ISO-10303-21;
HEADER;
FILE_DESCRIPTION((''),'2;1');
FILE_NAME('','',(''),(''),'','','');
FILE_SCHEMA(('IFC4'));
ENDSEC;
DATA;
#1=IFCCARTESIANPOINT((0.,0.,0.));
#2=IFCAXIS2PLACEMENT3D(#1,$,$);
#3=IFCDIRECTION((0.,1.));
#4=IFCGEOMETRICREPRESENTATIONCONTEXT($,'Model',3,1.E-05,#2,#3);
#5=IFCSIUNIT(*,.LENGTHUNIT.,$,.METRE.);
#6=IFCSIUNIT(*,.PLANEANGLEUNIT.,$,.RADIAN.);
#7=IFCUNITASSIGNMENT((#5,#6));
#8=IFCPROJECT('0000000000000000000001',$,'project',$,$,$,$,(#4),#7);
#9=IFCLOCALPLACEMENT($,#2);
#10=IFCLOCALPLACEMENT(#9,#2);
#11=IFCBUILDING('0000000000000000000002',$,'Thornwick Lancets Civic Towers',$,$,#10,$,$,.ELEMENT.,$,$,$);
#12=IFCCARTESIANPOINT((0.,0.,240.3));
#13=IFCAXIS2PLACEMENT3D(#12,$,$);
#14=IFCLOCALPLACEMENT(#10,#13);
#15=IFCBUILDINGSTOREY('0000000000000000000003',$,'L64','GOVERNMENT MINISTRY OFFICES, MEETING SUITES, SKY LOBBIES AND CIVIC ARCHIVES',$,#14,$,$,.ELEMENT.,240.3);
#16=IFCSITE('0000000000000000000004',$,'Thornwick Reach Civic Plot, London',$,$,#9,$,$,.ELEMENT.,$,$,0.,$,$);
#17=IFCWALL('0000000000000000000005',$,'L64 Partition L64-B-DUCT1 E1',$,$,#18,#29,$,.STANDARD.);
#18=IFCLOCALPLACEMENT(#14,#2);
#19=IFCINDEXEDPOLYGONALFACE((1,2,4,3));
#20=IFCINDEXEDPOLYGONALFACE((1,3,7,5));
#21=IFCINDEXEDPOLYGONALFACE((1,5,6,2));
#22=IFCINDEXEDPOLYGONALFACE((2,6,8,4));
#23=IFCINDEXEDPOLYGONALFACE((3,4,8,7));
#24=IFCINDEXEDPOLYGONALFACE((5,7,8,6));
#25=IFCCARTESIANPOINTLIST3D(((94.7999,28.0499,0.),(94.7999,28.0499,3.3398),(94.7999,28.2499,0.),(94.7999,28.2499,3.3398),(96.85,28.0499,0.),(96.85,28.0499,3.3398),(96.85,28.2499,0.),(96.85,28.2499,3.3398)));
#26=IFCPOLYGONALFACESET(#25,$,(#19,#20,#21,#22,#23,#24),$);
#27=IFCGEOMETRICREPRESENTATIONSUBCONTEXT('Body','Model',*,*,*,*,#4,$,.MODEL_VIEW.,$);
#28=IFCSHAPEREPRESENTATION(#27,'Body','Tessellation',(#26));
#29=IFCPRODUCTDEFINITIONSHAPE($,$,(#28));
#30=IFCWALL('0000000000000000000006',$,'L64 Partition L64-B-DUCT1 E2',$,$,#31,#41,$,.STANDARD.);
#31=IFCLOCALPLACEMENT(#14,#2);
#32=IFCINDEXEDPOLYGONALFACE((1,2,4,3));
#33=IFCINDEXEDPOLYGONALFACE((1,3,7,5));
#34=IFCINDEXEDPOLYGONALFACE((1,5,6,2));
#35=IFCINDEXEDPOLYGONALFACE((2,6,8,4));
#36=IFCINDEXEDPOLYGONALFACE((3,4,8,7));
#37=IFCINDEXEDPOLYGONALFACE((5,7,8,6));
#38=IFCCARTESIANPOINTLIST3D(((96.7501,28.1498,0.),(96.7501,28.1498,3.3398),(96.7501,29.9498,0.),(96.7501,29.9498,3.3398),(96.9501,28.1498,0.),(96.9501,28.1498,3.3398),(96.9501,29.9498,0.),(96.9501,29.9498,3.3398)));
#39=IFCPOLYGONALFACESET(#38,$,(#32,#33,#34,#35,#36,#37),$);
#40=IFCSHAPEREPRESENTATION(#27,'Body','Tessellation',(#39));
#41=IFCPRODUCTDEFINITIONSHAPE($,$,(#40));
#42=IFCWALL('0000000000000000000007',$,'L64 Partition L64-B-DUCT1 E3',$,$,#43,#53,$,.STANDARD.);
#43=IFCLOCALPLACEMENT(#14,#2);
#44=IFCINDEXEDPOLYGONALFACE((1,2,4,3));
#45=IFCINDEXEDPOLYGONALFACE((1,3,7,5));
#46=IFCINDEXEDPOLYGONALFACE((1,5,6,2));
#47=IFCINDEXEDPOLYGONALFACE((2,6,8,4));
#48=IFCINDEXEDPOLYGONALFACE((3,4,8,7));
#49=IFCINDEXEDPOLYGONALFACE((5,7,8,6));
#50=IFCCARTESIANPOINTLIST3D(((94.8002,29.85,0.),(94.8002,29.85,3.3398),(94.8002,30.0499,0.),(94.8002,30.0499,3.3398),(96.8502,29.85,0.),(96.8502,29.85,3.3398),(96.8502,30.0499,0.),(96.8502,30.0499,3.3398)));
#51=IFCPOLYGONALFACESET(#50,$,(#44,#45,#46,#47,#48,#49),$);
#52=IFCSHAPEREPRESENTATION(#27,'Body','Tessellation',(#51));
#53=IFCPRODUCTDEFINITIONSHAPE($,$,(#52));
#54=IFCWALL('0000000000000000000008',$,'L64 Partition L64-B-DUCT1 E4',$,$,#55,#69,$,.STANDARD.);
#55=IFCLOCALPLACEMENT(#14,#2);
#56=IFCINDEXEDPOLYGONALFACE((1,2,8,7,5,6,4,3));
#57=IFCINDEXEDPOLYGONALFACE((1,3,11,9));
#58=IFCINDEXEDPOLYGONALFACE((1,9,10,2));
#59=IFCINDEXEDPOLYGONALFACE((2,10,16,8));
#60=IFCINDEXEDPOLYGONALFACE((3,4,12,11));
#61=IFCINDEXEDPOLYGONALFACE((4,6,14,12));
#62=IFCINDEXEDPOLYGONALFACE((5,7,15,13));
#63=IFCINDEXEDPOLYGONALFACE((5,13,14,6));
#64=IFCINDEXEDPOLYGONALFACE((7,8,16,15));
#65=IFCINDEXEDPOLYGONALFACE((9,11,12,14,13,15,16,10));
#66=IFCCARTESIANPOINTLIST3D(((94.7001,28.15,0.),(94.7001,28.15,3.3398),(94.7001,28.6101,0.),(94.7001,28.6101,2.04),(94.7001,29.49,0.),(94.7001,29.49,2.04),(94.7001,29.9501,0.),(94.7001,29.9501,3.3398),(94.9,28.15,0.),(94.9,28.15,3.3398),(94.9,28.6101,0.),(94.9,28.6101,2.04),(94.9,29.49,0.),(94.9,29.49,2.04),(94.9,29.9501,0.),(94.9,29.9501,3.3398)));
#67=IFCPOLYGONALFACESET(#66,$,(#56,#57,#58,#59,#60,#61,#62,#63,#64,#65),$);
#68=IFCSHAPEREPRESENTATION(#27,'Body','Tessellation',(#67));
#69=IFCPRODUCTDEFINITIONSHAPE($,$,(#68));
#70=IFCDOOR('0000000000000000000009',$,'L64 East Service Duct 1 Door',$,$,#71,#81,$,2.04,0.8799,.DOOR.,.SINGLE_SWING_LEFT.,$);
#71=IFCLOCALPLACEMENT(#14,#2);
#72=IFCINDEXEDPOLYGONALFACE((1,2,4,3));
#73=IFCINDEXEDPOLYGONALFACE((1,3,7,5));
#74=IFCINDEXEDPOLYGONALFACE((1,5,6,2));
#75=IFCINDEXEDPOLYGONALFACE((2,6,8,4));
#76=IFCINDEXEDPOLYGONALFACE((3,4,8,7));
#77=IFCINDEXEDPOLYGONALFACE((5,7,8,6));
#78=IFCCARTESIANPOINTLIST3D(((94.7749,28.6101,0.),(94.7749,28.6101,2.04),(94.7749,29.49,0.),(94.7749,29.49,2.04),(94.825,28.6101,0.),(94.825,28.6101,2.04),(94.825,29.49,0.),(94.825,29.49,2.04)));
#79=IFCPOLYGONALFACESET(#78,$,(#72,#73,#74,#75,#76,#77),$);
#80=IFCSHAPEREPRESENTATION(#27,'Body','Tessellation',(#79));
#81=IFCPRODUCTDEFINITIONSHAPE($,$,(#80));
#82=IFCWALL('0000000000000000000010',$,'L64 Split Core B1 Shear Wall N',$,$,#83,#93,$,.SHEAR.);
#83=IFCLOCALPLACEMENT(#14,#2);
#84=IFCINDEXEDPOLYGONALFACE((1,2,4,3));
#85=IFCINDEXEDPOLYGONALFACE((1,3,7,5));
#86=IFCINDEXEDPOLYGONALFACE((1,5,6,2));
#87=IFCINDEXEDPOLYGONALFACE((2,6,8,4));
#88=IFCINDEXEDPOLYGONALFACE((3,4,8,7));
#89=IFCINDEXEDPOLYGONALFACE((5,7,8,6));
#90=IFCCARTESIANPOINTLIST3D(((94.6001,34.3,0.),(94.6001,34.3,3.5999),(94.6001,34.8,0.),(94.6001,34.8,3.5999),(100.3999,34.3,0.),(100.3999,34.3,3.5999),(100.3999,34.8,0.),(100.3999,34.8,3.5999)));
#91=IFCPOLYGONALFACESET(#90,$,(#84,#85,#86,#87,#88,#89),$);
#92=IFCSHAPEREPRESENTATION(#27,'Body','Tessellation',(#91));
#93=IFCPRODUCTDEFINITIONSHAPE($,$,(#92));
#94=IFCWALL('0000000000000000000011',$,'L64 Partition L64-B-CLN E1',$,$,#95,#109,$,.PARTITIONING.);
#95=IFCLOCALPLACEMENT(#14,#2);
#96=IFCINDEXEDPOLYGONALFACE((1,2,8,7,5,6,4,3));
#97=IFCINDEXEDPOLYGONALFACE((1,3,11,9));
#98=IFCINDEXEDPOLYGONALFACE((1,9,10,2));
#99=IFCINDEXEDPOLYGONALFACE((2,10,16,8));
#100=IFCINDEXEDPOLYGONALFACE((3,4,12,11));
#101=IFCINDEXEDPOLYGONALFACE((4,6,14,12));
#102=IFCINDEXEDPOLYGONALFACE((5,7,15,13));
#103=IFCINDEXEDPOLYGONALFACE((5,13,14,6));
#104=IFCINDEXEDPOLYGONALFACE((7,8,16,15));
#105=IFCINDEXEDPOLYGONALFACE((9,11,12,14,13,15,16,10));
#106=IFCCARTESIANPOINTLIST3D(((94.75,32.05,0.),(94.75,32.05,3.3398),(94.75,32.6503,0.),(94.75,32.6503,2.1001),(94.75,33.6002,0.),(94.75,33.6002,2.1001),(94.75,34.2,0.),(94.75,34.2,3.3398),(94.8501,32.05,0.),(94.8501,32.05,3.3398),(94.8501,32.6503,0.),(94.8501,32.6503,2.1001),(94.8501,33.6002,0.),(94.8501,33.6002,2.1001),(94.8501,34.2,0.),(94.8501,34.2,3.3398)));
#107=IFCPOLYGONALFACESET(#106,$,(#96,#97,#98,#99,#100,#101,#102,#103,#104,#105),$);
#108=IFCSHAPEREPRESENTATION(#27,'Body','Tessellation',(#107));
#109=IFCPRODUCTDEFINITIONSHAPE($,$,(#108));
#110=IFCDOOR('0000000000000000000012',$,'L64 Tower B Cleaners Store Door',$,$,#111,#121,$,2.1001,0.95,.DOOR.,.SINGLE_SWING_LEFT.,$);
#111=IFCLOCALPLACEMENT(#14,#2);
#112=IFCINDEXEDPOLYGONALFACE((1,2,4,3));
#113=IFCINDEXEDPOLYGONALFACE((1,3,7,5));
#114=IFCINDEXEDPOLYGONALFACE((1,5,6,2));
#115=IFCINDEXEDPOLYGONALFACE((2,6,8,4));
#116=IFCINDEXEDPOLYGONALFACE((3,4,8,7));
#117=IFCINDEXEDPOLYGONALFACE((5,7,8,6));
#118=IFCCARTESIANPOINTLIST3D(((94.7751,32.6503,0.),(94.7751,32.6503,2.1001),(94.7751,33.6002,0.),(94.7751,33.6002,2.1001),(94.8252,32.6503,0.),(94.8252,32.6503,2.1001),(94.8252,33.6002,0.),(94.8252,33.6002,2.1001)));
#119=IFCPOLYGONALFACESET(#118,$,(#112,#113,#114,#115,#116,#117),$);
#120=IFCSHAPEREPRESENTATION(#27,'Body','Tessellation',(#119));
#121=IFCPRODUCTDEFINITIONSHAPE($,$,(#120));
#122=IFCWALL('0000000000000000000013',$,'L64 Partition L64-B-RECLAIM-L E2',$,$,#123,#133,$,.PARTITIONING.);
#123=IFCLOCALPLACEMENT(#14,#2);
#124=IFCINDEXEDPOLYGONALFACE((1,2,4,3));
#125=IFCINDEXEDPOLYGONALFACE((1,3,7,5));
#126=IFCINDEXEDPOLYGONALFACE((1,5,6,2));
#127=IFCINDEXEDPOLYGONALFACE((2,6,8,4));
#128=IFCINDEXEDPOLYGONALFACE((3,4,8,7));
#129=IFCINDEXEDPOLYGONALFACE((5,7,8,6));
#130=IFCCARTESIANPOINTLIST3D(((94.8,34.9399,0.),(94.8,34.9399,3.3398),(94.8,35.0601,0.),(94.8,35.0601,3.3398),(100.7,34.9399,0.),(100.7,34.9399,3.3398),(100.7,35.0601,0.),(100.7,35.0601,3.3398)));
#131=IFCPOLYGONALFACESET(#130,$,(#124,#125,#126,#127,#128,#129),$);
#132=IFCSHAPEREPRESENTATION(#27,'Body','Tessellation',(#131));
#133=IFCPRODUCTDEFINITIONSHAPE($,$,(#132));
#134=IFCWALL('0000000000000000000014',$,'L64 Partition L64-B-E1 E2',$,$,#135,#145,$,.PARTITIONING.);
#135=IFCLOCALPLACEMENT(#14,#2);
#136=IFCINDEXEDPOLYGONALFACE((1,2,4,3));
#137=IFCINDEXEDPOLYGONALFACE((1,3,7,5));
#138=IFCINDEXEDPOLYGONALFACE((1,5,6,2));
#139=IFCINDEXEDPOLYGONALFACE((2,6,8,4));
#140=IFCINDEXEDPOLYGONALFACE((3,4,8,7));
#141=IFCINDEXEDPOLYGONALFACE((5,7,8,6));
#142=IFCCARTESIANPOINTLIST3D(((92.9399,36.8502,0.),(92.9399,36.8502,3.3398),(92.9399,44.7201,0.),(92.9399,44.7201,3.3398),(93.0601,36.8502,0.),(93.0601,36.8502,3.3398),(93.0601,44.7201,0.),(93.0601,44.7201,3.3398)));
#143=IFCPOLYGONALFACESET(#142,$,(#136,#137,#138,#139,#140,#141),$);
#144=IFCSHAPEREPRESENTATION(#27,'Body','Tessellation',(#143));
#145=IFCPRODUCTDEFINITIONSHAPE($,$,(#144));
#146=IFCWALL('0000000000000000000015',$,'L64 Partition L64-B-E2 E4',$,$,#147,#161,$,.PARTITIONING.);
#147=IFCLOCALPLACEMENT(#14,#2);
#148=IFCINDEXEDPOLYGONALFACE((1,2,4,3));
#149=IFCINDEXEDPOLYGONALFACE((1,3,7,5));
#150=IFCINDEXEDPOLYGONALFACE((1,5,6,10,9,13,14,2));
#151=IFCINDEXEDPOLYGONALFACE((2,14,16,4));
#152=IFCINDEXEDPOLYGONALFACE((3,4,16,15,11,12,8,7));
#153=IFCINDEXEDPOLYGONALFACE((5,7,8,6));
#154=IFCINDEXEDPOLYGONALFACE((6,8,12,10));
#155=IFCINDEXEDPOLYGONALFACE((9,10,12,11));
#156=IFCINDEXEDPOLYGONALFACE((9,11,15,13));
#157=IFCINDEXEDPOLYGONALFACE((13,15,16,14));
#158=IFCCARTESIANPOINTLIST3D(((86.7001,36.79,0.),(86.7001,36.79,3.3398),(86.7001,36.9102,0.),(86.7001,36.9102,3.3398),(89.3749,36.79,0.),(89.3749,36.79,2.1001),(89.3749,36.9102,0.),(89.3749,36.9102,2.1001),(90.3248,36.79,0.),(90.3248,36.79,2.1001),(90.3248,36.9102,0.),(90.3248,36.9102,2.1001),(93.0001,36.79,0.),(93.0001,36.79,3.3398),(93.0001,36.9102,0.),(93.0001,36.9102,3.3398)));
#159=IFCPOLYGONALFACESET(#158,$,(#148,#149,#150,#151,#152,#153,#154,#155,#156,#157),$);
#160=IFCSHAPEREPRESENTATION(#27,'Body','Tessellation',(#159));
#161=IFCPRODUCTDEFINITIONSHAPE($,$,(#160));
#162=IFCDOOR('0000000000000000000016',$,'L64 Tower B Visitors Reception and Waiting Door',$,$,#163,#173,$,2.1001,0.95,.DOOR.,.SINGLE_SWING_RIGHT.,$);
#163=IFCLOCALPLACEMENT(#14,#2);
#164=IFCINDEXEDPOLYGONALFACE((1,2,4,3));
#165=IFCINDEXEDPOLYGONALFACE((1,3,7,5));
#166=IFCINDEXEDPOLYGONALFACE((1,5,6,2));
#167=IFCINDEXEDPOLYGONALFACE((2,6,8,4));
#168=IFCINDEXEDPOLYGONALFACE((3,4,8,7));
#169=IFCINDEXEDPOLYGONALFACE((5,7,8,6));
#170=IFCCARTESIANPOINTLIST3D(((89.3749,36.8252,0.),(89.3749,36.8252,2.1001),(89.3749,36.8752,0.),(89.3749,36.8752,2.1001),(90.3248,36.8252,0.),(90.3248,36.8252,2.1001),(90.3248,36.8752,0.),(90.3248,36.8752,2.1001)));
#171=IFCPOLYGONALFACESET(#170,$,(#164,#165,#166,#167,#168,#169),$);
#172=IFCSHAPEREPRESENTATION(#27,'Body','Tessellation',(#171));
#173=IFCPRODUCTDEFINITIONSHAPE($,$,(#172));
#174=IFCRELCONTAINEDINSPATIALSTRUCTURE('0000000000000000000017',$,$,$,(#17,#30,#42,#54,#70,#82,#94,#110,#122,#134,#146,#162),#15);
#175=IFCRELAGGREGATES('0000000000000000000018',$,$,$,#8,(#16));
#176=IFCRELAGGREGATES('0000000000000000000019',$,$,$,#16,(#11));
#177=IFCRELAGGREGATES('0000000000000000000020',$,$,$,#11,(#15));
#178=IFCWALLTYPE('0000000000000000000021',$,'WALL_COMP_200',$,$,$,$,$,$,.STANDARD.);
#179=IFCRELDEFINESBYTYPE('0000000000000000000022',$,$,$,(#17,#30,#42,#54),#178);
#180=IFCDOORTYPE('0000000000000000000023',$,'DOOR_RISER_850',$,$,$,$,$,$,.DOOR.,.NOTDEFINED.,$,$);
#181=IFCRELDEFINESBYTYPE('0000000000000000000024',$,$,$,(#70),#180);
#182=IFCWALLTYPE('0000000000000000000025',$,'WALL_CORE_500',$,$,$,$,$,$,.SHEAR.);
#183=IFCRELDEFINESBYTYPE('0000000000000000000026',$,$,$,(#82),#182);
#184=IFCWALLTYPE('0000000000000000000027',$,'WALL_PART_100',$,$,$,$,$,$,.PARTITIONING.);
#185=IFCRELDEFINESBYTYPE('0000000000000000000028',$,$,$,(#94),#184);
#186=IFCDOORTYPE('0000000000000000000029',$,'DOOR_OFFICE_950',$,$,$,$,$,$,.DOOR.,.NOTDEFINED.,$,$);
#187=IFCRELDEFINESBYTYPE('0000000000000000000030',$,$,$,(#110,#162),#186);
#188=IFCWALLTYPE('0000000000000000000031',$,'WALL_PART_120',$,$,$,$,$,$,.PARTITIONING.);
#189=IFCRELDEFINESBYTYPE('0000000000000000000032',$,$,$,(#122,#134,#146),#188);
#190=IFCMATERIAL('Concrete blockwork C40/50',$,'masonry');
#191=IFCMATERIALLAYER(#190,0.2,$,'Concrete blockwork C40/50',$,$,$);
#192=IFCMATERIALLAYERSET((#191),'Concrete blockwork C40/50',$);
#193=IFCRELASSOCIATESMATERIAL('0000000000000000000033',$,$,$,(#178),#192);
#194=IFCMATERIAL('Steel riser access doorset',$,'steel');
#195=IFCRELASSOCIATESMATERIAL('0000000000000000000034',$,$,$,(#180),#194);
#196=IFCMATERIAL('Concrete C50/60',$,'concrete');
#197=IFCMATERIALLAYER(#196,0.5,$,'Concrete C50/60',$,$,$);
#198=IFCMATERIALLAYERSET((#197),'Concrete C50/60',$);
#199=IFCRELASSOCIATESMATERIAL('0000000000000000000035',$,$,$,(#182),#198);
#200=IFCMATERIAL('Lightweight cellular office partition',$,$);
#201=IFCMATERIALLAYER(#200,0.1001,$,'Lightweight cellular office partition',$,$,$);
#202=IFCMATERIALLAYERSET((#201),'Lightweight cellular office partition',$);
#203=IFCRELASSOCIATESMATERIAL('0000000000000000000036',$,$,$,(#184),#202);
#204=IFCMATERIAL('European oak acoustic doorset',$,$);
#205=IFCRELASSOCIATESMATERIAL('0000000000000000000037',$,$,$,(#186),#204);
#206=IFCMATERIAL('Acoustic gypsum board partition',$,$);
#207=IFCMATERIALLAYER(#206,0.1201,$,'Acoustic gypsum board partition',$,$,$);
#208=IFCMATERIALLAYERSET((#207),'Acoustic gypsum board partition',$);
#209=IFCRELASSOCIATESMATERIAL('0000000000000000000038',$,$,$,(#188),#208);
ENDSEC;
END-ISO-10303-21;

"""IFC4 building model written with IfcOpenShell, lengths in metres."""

from ifc_helpers import new_model, si_unit, direction, frame, frame_2d, origin, place, context, subcontext, project, spatial, rectangle, extrude, material, layer, layer_set, type_object, element, fill, save


model = new_model("IFC4")

# Units and contexts
model_context = context("Model", 3, precision=1e-05, world=origin(), true_north=direction((0.0, 1.0)))
body_context = subcontext(model_context, "Body", "Model", "MODEL_VIEW")
ifc_project = project(units=[si_unit("LENGTHUNIT", "METRE"), si_unit("PLANEANGLEUNIT", "RADIAN")], contexts=[model_context])

# Site, building, storey
site_placement = place(None, origin())
site = spatial("IfcSite", under=ifc_project, at=site_placement, Name="Thornwick Reach Civic Plot, London", CompositionType="ELEMENT", RefElevation=0.0)
building_placement = place(site_placement, origin())
building = spatial("IfcBuilding", under=site, at=building_placement, Name="Thornwick Lancets Civic Towers", CompositionType="ELEMENT")
storey_placement = place(building_placement, frame((0.0, 0.0, 240.3)))
storey = spatial("IfcBuildingStorey", under=building, at=storey_placement, Name="L64", Description="GOVERNMENT MINISTRY OFFICES, MEETING SUITES, SKY LOBBIES AND CIVIC ARCHIVES", CompositionType="ELEMENT", Elevation=240.3)

# Shared definitions
ifc_material_1 = material(Name="Concrete C50/60", Category="concrete")

# Shared definitions
ifc_material_2 = material(Name="Concrete blockwork C40/50", Category="masonry")
ifc_layer_1 = layer(ifc_material_2, 0.2, Name="Concrete blockwork C40/50")
ifc_layer_set_1 = layer_set([ifc_layer_1], Name="Concrete blockwork C40/50")
wall_type_1 = type_object("IfcWallType", Name="WALL_COMP_200", PredefinedType="STANDARD", material=ifc_layer_set_1)

# Walls
wall_1_placement = place(storey_placement, frame((94.8, 28.1499, 0.0), z_axis=(0.0, 0.0, 1.0), x_axis=(1.0, 0.0, 0.0)))
element("IfcWall", 1, at=wall_1_placement, inside=storey, type_object=wall_type_1, Name="L64 Partition L64-B-DUCT1 E1", PredefinedType="STANDARD", context=body_context, shape_type="SweptSolid", body=[
    extrude(rectangle(XDim=2.05, YDim=0.2, at=frame_2d((1.0249, 0.0))), origin(), (0.0, 0.0, 1.0), 3.3398),
])
wall_2_placement = place(storey_placement, frame((96.8501, 28.1499, 0.0), z_axis=(0.0, 0.0, 1.0), x_axis=(0.0, 1.0, 0.0)))
element("IfcWall", 2, at=wall_2_placement, inside=storey, type_object=wall_type_1, Name="L64 Partition L64-B-DUCT1 E2", PredefinedType="STANDARD", context=body_context, shape_type="SweptSolid", body=[
    extrude(rectangle(XDim=1.8, YDim=0.2, at=frame_2d((0.8999, 0.0))), origin(), (0.0, 0.0, 1.0), 3.3398),
])
wall_3_placement = place(storey_placement, frame((96.8501, 29.95, 0.0), z_axis=(0.0, 0.0, 1.0), x_axis=(-1.0, 0.0, 0.0)))
element("IfcWall", 3, at=wall_3_placement, inside=storey, type_object=wall_type_1, Name="L64 Partition L64-B-DUCT1 E3", PredefinedType="STANDARD", context=body_context, shape_type="SweptSolid", body=[
    extrude(rectangle(XDim=2.05, YDim=0.2, at=frame_2d((1.0249, 0.0))), origin(), (0.0, 0.0, 1.0), 3.3398),
])

# Wall, opening, door
wall_4_placement = place(storey_placement, frame((94.8, 29.95, 0.0), z_axis=(0.0, 0.0, 1.0), x_axis=(0.0, -1.0, 0.0)))
wall_4 = element("IfcWall", 4, at=wall_4_placement, inside=storey, type_object=wall_type_1, Name="L64 Partition L64-B-DUCT1 E4", PredefinedType="STANDARD", context=body_context, shape_type="SweptSolid", body=[
    extrude(rectangle(XDim=1.8, YDim=0.2, at=frame_2d((0.8999, 0.0))), origin(), (0.0, 0.0, 1.0), 3.3398),
])
opening_1_placement = place(wall_4_placement, frame((0.46, 0.0, 0.0)))
opening_1 = element("IfcOpeningElement", 5, at=opening_1_placement, cuts=wall_4, PredefinedType="OPENING", context=body_context, shape_type="SweptSolid", body=[
    extrude(rectangle(XDim=0.8799, YDim=2.04, at=frame_2d((0.4399, 1.02))), frame((0.0, 0.1099, 0.0), z_axis=(0.0, -1.0, 0.0), x_axis=(1.0, 0.0, 0.0)), (0.0, 0.0, 1.0), 0.22),
])
ifc_material_3 = material(Name="Steel riser access doorset", Category="steel")
door_type_1 = type_object("IfcDoorType", Name="DOOR_RISER_850", OperationType="NOTDEFINED", PredefinedType="DOOR", material=ifc_material_3)
door_1_placement = place(opening_1_placement, origin())
door_1 = element("IfcDoor", 6, at=door_1_placement, inside=storey, type_object=door_type_1, Name="L64 East Service Duct 1 Door", OperationType="SINGLE_SWING_LEFT", OverallHeight=2.04, OverallWidth=0.8799, PredefinedType="DOOR", context=body_context, shape_type="SweptSolid", body=[
    extrude(rectangle(XDim=0.8799, YDim=2.04, at=frame_2d((0.4399, 1.02))), frame((0.0, 0.0249, 0.0), z_axis=(0.0, -1.0, 0.0), x_axis=(1.0, 0.0, 0.0)), (0.0, 0.0, 1.0), 0.05),
])
fill(opening_1, door_1)

# Wall
ifc_layer_2 = layer(ifc_material_1, 0.5, Name="Concrete C50/60")
ifc_layer_set_2 = layer_set([ifc_layer_2], Name="Concrete C50/60")
wall_type_2 = type_object("IfcWallType", Name="WALL_CORE_500", PredefinedType="SHEAR", material=ifc_layer_set_2)
wall_5_placement = place(storey_placement, frame((94.6001, 34.55, 0.0), z_axis=(0.0, 0.0, 1.0), x_axis=(1.0, 0.0, 0.0)))
element("IfcWall", 7, at=wall_5_placement, inside=storey, type_object=wall_type_2, Name="L64 Split Core B1 Shear Wall N", PredefinedType="SHEAR", context=body_context, shape_type="SweptSolid", body=[
    extrude(rectangle(XDim=5.7998, YDim=0.5, at=frame_2d((2.8999, 0.0))), origin(), (0.0, 0.0, 1.0), 3.5999),
])

# Wall, opening, door
ifc_material_4 = material(Name="Lightweight cellular office partition")
ifc_layer_3 = layer(ifc_material_4, 0.1001, Name="Lightweight cellular office partition")
ifc_layer_set_3 = layer_set([ifc_layer_3], Name="Lightweight cellular office partition")
wall_type_3 = type_object("IfcWallType", Name="WALL_PART_100", PredefinedType="PARTITIONING", material=ifc_layer_set_3)
wall_6_placement = place(storey_placement, frame((94.8, 32.05, 0.0), z_axis=(0.0, 0.0, 1.0), x_axis=(0.0, 1.0, 0.0)))
wall_6 = element("IfcWall", 8, at=wall_6_placement, inside=storey, type_object=wall_type_3, Name="L64 Partition L64-B-CLN E1", PredefinedType="PARTITIONING", context=body_context, shape_type="SweptSolid", body=[
    extrude(rectangle(XDim=2.1499, YDim=0.1001, at=frame_2d((1.075, 0.0))), origin(), (0.0, 0.0, 1.0), 3.3398),
])
opening_2_placement = place(wall_6_placement, frame((0.6001, 0.0, 0.0)))
opening_2 = element("IfcOpeningElement", 9, at=opening_2_placement, cuts=wall_6, PredefinedType="OPENING", context=body_context, shape_type="SweptSolid", body=[
    extrude(rectangle(XDim=0.95, YDim=2.1001, at=frame_2d((0.4751, 1.05))), frame((0.0, 0.0601, 0.0), z_axis=(0.0, -1.0, 0.0), x_axis=(1.0, 0.0, 0.0)), (0.0, 0.0, 1.0), 0.1201),
])
ifc_material_5 = material(Name="European oak acoustic doorset")
door_type_2 = type_object("IfcDoorType", Name="DOOR_OFFICE_950", OperationType="NOTDEFINED", PredefinedType="DOOR", material=ifc_material_5)
door_2_placement = place(opening_2_placement, origin())
door_2 = element("IfcDoor", 10, at=door_2_placement, inside=storey, type_object=door_type_2, Name="L64 Tower B Cleaners Store Door", OperationType="SINGLE_SWING_LEFT", OverallHeight=2.1001, OverallWidth=0.95, PredefinedType="DOOR", context=body_context, shape_type="SweptSolid", body=[
    extrude(rectangle(XDim=0.95, YDim=2.1001, at=frame_2d((0.4751, 1.05))), frame((0.0, 0.0249, 0.0), z_axis=(0.0, -1.0, 0.0), x_axis=(1.0, 0.0, 0.0)), (0.0, 0.0, 1.0), 0.05),
])
fill(opening_2, door_2)

# Walls
ifc_material_6 = material(Name="Acoustic gypsum board partition")
ifc_layer_4 = layer(ifc_material_6, 0.1201, Name="Acoustic gypsum board partition")
ifc_layer_set_4 = layer_set([ifc_layer_4], Name="Acoustic gypsum board partition")
wall_type_4 = type_object("IfcWallType", Name="WALL_PART_120", PredefinedType="PARTITIONING", material=ifc_layer_set_4)
wall_7_placement = place(storey_placement, frame((94.8, 35.0, 0.0), z_axis=(0.0, 0.0, 1.0), x_axis=(1.0, 0.0, 0.0)))
element("IfcWall", 11, at=wall_7_placement, inside=storey, type_object=wall_type_4, Name="L64 Partition L64-B-RECLAIM-L E2", PredefinedType="PARTITIONING", context=body_context, shape_type="SweptSolid", body=[
    extrude(rectangle(XDim=5.8999, YDim=0.1201, at=frame_2d((2.95, 0.0))), origin(), (0.0, 0.0, 1.0), 3.3398),
])
wall_8_placement = place(storey_placement, frame((93.0, 36.8501, 0.0), z_axis=(0.0, 0.0, 1.0), x_axis=(0.0, 1.0, 0.0)))
element("IfcWall", 12, at=wall_8_placement, inside=storey, type_object=wall_type_4, Name="L64 Partition L64-B-E1 E2", PredefinedType="PARTITIONING", context=body_context, shape_type="SweptSolid", body=[
    extrude(rectangle(XDim=7.8699, YDim=0.1201, at=frame_2d((3.9351, 0.0))), origin(), (0.0, 0.0, 1.0), 3.3398),
])

# Wall, opening, door
wall_9_placement = place(storey_placement, frame((93.0, 36.8501, 0.0), z_axis=(0.0, 0.0, 1.0), x_axis=(-1.0, 0.0, 0.0)))
wall_9 = element("IfcWall", 13, at=wall_9_placement, inside=storey, type_object=wall_type_4, Name="L64 Partition L64-B-E2 E4", PredefinedType="PARTITIONING", context=body_context, shape_type="SweptSolid", body=[
    extrude(rectangle(XDim=6.3, YDim=0.1201, at=frame_2d((3.1499, 0.0))), origin(), (0.0, 0.0, 1.0), 3.3398),
])
opening_3_placement = place(wall_9_placement, frame((2.675, 0.0, 0.0)))
opening_3 = element("IfcOpeningElement", 14, at=opening_3_placement, cuts=wall_9, PredefinedType="OPENING", context=body_context, shape_type="SweptSolid", body=[
    extrude(rectangle(XDim=0.95, YDim=2.1001, at=frame_2d((0.4751, 1.05))), frame((0.0, 0.0701, 0.0), z_axis=(0.0, -1.0, 0.0), x_axis=(1.0, 0.0, 0.0)), (0.0, 0.0, 1.0), 0.1401),
])
door_3_placement = place(opening_3_placement, origin())
door_3 = element("IfcDoor", 15, at=door_3_placement, inside=storey, type_object=door_type_2, Name="L64 Tower B Visitors Reception and Waiting Door", OperationType="SINGLE_SWING_RIGHT", OverallHeight=2.1001, OverallWidth=0.95, PredefinedType="DOOR", context=body_context, shape_type="SweptSolid", body=[
    extrude(rectangle(XDim=0.95, YDim=2.1001, at=frame_2d((0.4751, 1.05))), frame((0.0, 0.0249, 0.0), z_axis=(0.0, -1.0, 0.0), x_axis=(1.0, 0.0, 0.0)), (0.0, 0.0, 1.0), 0.05),
])
fill(opening_3, door_3)

save(model, "model.ifc")
